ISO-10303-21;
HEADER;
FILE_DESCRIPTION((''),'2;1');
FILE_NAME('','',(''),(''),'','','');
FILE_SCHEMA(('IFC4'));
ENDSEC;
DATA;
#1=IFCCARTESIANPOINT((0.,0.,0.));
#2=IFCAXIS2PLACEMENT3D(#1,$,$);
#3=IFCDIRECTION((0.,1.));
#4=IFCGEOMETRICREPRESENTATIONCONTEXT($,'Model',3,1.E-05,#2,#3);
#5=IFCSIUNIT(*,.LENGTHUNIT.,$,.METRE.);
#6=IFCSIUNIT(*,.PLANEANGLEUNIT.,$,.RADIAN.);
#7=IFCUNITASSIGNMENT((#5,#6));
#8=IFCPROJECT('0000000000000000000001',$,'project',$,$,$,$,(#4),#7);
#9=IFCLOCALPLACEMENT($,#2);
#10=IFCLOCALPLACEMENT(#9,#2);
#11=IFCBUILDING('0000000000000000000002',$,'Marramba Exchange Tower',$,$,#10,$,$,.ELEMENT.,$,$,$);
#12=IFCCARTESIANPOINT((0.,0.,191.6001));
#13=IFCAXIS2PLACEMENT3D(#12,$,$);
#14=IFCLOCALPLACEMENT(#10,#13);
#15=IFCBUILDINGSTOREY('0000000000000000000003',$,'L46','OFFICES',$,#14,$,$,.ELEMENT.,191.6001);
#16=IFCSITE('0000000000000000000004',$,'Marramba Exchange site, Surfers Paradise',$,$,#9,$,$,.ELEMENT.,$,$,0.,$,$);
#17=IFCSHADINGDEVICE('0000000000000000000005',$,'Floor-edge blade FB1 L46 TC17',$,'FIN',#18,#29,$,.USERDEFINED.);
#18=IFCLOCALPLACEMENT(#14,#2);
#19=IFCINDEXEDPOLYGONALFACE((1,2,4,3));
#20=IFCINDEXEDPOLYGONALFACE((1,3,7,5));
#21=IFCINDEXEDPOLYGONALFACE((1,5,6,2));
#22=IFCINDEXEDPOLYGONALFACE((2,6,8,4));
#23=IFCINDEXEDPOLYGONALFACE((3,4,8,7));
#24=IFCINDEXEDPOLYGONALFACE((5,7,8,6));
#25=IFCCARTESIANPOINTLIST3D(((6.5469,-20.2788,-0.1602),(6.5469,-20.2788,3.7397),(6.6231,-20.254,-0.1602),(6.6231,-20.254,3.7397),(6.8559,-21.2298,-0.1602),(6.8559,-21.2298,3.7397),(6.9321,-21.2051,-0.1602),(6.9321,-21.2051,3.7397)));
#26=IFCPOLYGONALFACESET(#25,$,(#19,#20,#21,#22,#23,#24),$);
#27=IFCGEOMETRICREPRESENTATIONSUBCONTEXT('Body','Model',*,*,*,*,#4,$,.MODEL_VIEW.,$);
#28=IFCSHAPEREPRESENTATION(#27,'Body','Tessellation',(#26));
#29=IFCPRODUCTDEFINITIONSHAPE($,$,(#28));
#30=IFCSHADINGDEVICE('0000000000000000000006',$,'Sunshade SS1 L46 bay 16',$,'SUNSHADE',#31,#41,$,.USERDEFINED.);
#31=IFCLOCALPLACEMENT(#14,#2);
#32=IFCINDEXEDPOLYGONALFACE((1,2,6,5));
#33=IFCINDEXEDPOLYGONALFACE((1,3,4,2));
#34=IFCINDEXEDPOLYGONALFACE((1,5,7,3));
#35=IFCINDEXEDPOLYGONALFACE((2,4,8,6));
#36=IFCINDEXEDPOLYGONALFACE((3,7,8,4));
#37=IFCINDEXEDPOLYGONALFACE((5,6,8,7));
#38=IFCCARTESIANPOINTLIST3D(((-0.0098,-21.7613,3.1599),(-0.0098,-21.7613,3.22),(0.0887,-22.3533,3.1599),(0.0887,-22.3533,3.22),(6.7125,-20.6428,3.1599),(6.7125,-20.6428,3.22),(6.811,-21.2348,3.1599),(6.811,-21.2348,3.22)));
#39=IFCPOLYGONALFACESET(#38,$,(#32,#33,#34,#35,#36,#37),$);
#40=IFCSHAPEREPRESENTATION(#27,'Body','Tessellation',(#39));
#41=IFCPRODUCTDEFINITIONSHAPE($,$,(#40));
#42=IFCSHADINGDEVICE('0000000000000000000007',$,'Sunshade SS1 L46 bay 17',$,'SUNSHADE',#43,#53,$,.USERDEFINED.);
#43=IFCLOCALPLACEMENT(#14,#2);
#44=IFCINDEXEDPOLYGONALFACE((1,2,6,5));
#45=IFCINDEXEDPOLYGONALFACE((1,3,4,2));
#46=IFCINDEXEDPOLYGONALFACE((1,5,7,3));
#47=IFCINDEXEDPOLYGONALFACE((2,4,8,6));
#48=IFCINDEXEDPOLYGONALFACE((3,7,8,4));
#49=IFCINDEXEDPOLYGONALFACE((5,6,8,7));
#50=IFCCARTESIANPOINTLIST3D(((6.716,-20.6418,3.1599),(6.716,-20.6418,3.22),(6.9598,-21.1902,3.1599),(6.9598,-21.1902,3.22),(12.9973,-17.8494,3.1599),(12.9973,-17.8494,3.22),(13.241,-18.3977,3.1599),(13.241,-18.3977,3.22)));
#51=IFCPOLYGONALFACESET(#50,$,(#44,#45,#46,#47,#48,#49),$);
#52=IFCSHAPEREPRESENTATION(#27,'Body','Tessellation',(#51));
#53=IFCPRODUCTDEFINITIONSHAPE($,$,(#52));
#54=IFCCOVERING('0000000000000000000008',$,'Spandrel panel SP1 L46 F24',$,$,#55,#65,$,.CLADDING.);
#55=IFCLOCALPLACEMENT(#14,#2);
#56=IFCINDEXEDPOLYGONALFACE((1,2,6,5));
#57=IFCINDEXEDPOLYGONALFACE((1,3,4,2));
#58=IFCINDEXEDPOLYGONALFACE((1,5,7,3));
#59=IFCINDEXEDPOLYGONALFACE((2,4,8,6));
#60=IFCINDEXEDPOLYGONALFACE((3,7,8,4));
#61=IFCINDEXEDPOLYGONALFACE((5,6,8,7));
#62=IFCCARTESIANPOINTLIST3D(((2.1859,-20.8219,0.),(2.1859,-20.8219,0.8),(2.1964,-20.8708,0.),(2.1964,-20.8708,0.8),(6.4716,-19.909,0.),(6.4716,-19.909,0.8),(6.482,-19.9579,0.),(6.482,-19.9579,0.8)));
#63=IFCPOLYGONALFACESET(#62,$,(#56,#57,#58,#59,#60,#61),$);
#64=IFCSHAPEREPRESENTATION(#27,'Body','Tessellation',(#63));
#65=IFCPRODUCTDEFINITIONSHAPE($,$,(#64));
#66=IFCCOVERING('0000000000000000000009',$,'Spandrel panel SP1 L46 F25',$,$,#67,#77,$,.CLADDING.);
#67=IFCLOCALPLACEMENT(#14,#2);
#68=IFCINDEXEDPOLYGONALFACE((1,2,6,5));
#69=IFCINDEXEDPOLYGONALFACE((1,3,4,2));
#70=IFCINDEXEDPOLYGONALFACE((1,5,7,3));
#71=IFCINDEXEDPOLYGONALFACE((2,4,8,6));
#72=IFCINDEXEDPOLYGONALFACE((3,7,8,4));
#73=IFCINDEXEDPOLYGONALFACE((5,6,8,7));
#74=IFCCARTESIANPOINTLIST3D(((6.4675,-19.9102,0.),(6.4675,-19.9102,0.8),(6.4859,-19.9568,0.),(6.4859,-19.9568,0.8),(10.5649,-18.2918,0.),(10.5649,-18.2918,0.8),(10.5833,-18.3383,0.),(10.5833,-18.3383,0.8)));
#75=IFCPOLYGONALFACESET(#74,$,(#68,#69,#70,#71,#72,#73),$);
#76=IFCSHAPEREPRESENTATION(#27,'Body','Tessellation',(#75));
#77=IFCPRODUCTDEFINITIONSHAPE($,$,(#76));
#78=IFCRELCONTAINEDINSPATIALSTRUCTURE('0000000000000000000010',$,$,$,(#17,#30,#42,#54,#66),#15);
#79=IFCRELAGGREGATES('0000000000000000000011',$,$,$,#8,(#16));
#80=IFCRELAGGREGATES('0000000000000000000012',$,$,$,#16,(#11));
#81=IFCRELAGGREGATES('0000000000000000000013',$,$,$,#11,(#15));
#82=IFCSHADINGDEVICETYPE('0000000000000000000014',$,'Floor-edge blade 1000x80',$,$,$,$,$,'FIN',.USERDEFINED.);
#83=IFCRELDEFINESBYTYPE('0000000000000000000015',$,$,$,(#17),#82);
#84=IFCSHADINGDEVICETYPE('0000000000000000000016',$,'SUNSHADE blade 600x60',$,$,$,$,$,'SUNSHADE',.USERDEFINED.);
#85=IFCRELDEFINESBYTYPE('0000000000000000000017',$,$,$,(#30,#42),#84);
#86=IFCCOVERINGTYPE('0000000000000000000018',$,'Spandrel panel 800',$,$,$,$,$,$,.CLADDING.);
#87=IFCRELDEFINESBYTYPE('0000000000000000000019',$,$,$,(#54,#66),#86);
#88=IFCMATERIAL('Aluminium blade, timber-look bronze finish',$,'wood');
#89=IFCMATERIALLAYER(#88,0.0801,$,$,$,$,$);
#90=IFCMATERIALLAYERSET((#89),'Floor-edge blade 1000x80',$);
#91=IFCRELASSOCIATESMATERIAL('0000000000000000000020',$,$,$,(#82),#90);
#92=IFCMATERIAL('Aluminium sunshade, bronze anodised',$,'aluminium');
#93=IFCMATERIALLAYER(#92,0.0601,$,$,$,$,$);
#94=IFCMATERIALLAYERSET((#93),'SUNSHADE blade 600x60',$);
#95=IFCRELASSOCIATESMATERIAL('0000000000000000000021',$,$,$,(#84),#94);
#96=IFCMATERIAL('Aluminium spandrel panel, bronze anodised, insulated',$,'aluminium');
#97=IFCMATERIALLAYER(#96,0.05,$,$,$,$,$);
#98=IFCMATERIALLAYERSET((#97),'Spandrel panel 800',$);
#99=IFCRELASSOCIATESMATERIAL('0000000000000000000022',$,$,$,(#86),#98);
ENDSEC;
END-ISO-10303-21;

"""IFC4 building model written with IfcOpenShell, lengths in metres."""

from ifc_helpers import new_model, si_unit, direction, frame, origin, origin_2d, place, context, subcontext, project, spatial, rectangle, extrude, material, layer, layer_set, type_object, element, save


model = new_model("IFC4")

# Units and contexts
model_context = context("Model", 3, precision=1e-05, world=origin(), true_north=direction((0.0, 1.0)))
body_context = subcontext(model_context, "Body", "Model", "MODEL_VIEW")
ifc_project = project(units=[si_unit("LENGTHUNIT", "METRE"), si_unit("PLANEANGLEUNIT", "RADIAN")], contexts=[model_context])

# Site, building, storey
site_placement = place(None, origin())
site = spatial("IfcSite", under=ifc_project, at=site_placement, Name="Marramba Exchange site, Surfers Paradise", CompositionType="ELEMENT", RefElevation=0.0)
building_placement = place(site_placement, origin())
building = spatial("IfcBuilding", under=site, at=building_placement, Name="Marramba Exchange Tower", CompositionType="ELEMENT")
storey_placement = place(building_placement, frame((0.0, 0.0, 191.6001)))
storey = spatial("IfcBuildingStorey", under=building, at=storey_placement, Name="L46", Description="OFFICES", CompositionType="ELEMENT", Elevation=191.6001)

# Shading devices
ifc_material_1 = material(Name="Aluminium blade, timber-look bronze finish", Category="wood")
ifc_layer_1 = layer(ifc_material_1, 0.0801)
ifc_layer_set_1 = layer_set([ifc_layer_1], Name="Floor-edge blade 1000x80")
shading_device_type_1 = type_object("IfcShadingDeviceType", Name="Floor-edge blade 1000x80", ElementType="FIN", PredefinedType="USERDEFINED", material=ifc_layer_set_1)
for number, where, z_axis, x_axis, name in (
    (1, (6.7395, -20.7419, -0.1602), (0.0, 0.0, 1.0), (0.309017, -0.951057, 0.0), "Floor-edge blade FB1 L46 TC17"),
):
    element("IfcShadingDevice", number, at=place(storey_placement, frame(where, z_axis=z_axis, x_axis=x_axis)), inside=storey, type_object=shading_device_type_1, Name=name, ObjectType="FIN", PredefinedType="USERDEFINED", context=body_context, shape_type="SweptSolid", body=[
        extrude(rectangle(XDim=1.0, YDim=0.0801, at=origin_2d()), origin(), (0.0, 0.0, 1.0), 3.8999),
    ])
ifc_material_2 = material(Name="Aluminium sunshade, bronze anodised", Category="aluminium")
ifc_layer_2 = layer(ifc_material_2, 0.0601)
ifc_layer_set_2 = layer_set([ifc_layer_2], Name="SUNSHADE blade 600x60")
shading_device_type_2 = type_object("IfcShadingDeviceType", Name="SUNSHADE blade 600x60", ElementType="SUNSHADE", PredefinedType="USERDEFINED", material=ifc_layer_set_2)
shading_device_1_placement = place(storey_placement, frame((3.4006, -21.498, 3.1599), z_axis=(0.0, 0.0, 1.0), x_axis=(0.98644, 0.164125, 0.0)))
element("IfcShadingDevice", 2, at=shading_device_1_placement, inside=storey, type_object=shading_device_type_2, Name="Sunshade SS1 L46 bay 16", ObjectType="SUNSHADE", PredefinedType="USERDEFINED", context=body_context, shape_type="SweptSolid", body=[
    extrude(rectangle(XDim=6.8147, YDim=0.6001, at=origin_2d()), origin(), (0.0, 0.0, 1.0), 0.0601),
])
shading_device_2_placement = place(storey_placement, frame((9.9785, -19.5198, 3.1599), z_axis=(0.0, 0.0, 1.0), x_axis=(0.913772, 0.406228, 0.0)))
element("IfcShadingDevice", 3, at=shading_device_2_placement, inside=storey, type_object=shading_device_type_2, Name="Sunshade SS1 L46 bay 17", ObjectType="SUNSHADE", PredefinedType="USERDEFINED", context=body_context, shape_type="SweptSolid", body=[
    extrude(rectangle(XDim=6.874, YDim=0.6001, at=origin_2d()), origin(), (0.0, 0.0, 1.0), 0.0601),
])

# Coverings
ifc_material_3 = material(Name="Aluminium spandrel panel, bronze anodised, insulated", Category="aluminium")
ifc_layer_3 = layer(ifc_material_3, 0.05)
ifc_layer_set_3 = layer_set([ifc_layer_3], Name="Spandrel panel 800")
covering_type = type_object("IfcCoveringType", Name="Spandrel panel 800", PredefinedType="CLADDING", material=ifc_layer_set_3)
covering_1_placement = place(storey_placement, frame((4.334, -20.3899, 0.0), z_axis=(0.0, 0.0, 1.0), x_axis=(0.978058, 0.208332, 0.0)))
element("IfcCovering", 4, at=covering_1_placement, inside=storey, type_object=covering_type, Name="Spandrel panel SP1 L46 F24", PredefinedType="CLADDING", context=body_context, shape_type="SweptSolid", body=[
    extrude(rectangle(XDim=4.3818, YDim=0.05, at=origin_2d()), origin(), (0.0, 0.0, 1.0), 0.8),
])
covering_2_placement = place(storey_placement, frame((8.5254, -19.1243, 0.0), z_axis=(0.0, 0.0, 1.0), x_axis=(0.930073, 0.367375, 0.0)))
element("IfcCovering", 5, at=covering_2_placement, inside=storey, type_object=covering_type, Name="Spandrel panel SP1 L46 F25", PredefinedType="CLADDING", context=body_context, shape_type="SweptSolid", body=[
    extrude(rectangle(XDim=4.4055, YDim=0.05, at=origin_2d()), origin(), (0.0, 0.0, 1.0), 0.8),
])

save(model, "model.ifc")
